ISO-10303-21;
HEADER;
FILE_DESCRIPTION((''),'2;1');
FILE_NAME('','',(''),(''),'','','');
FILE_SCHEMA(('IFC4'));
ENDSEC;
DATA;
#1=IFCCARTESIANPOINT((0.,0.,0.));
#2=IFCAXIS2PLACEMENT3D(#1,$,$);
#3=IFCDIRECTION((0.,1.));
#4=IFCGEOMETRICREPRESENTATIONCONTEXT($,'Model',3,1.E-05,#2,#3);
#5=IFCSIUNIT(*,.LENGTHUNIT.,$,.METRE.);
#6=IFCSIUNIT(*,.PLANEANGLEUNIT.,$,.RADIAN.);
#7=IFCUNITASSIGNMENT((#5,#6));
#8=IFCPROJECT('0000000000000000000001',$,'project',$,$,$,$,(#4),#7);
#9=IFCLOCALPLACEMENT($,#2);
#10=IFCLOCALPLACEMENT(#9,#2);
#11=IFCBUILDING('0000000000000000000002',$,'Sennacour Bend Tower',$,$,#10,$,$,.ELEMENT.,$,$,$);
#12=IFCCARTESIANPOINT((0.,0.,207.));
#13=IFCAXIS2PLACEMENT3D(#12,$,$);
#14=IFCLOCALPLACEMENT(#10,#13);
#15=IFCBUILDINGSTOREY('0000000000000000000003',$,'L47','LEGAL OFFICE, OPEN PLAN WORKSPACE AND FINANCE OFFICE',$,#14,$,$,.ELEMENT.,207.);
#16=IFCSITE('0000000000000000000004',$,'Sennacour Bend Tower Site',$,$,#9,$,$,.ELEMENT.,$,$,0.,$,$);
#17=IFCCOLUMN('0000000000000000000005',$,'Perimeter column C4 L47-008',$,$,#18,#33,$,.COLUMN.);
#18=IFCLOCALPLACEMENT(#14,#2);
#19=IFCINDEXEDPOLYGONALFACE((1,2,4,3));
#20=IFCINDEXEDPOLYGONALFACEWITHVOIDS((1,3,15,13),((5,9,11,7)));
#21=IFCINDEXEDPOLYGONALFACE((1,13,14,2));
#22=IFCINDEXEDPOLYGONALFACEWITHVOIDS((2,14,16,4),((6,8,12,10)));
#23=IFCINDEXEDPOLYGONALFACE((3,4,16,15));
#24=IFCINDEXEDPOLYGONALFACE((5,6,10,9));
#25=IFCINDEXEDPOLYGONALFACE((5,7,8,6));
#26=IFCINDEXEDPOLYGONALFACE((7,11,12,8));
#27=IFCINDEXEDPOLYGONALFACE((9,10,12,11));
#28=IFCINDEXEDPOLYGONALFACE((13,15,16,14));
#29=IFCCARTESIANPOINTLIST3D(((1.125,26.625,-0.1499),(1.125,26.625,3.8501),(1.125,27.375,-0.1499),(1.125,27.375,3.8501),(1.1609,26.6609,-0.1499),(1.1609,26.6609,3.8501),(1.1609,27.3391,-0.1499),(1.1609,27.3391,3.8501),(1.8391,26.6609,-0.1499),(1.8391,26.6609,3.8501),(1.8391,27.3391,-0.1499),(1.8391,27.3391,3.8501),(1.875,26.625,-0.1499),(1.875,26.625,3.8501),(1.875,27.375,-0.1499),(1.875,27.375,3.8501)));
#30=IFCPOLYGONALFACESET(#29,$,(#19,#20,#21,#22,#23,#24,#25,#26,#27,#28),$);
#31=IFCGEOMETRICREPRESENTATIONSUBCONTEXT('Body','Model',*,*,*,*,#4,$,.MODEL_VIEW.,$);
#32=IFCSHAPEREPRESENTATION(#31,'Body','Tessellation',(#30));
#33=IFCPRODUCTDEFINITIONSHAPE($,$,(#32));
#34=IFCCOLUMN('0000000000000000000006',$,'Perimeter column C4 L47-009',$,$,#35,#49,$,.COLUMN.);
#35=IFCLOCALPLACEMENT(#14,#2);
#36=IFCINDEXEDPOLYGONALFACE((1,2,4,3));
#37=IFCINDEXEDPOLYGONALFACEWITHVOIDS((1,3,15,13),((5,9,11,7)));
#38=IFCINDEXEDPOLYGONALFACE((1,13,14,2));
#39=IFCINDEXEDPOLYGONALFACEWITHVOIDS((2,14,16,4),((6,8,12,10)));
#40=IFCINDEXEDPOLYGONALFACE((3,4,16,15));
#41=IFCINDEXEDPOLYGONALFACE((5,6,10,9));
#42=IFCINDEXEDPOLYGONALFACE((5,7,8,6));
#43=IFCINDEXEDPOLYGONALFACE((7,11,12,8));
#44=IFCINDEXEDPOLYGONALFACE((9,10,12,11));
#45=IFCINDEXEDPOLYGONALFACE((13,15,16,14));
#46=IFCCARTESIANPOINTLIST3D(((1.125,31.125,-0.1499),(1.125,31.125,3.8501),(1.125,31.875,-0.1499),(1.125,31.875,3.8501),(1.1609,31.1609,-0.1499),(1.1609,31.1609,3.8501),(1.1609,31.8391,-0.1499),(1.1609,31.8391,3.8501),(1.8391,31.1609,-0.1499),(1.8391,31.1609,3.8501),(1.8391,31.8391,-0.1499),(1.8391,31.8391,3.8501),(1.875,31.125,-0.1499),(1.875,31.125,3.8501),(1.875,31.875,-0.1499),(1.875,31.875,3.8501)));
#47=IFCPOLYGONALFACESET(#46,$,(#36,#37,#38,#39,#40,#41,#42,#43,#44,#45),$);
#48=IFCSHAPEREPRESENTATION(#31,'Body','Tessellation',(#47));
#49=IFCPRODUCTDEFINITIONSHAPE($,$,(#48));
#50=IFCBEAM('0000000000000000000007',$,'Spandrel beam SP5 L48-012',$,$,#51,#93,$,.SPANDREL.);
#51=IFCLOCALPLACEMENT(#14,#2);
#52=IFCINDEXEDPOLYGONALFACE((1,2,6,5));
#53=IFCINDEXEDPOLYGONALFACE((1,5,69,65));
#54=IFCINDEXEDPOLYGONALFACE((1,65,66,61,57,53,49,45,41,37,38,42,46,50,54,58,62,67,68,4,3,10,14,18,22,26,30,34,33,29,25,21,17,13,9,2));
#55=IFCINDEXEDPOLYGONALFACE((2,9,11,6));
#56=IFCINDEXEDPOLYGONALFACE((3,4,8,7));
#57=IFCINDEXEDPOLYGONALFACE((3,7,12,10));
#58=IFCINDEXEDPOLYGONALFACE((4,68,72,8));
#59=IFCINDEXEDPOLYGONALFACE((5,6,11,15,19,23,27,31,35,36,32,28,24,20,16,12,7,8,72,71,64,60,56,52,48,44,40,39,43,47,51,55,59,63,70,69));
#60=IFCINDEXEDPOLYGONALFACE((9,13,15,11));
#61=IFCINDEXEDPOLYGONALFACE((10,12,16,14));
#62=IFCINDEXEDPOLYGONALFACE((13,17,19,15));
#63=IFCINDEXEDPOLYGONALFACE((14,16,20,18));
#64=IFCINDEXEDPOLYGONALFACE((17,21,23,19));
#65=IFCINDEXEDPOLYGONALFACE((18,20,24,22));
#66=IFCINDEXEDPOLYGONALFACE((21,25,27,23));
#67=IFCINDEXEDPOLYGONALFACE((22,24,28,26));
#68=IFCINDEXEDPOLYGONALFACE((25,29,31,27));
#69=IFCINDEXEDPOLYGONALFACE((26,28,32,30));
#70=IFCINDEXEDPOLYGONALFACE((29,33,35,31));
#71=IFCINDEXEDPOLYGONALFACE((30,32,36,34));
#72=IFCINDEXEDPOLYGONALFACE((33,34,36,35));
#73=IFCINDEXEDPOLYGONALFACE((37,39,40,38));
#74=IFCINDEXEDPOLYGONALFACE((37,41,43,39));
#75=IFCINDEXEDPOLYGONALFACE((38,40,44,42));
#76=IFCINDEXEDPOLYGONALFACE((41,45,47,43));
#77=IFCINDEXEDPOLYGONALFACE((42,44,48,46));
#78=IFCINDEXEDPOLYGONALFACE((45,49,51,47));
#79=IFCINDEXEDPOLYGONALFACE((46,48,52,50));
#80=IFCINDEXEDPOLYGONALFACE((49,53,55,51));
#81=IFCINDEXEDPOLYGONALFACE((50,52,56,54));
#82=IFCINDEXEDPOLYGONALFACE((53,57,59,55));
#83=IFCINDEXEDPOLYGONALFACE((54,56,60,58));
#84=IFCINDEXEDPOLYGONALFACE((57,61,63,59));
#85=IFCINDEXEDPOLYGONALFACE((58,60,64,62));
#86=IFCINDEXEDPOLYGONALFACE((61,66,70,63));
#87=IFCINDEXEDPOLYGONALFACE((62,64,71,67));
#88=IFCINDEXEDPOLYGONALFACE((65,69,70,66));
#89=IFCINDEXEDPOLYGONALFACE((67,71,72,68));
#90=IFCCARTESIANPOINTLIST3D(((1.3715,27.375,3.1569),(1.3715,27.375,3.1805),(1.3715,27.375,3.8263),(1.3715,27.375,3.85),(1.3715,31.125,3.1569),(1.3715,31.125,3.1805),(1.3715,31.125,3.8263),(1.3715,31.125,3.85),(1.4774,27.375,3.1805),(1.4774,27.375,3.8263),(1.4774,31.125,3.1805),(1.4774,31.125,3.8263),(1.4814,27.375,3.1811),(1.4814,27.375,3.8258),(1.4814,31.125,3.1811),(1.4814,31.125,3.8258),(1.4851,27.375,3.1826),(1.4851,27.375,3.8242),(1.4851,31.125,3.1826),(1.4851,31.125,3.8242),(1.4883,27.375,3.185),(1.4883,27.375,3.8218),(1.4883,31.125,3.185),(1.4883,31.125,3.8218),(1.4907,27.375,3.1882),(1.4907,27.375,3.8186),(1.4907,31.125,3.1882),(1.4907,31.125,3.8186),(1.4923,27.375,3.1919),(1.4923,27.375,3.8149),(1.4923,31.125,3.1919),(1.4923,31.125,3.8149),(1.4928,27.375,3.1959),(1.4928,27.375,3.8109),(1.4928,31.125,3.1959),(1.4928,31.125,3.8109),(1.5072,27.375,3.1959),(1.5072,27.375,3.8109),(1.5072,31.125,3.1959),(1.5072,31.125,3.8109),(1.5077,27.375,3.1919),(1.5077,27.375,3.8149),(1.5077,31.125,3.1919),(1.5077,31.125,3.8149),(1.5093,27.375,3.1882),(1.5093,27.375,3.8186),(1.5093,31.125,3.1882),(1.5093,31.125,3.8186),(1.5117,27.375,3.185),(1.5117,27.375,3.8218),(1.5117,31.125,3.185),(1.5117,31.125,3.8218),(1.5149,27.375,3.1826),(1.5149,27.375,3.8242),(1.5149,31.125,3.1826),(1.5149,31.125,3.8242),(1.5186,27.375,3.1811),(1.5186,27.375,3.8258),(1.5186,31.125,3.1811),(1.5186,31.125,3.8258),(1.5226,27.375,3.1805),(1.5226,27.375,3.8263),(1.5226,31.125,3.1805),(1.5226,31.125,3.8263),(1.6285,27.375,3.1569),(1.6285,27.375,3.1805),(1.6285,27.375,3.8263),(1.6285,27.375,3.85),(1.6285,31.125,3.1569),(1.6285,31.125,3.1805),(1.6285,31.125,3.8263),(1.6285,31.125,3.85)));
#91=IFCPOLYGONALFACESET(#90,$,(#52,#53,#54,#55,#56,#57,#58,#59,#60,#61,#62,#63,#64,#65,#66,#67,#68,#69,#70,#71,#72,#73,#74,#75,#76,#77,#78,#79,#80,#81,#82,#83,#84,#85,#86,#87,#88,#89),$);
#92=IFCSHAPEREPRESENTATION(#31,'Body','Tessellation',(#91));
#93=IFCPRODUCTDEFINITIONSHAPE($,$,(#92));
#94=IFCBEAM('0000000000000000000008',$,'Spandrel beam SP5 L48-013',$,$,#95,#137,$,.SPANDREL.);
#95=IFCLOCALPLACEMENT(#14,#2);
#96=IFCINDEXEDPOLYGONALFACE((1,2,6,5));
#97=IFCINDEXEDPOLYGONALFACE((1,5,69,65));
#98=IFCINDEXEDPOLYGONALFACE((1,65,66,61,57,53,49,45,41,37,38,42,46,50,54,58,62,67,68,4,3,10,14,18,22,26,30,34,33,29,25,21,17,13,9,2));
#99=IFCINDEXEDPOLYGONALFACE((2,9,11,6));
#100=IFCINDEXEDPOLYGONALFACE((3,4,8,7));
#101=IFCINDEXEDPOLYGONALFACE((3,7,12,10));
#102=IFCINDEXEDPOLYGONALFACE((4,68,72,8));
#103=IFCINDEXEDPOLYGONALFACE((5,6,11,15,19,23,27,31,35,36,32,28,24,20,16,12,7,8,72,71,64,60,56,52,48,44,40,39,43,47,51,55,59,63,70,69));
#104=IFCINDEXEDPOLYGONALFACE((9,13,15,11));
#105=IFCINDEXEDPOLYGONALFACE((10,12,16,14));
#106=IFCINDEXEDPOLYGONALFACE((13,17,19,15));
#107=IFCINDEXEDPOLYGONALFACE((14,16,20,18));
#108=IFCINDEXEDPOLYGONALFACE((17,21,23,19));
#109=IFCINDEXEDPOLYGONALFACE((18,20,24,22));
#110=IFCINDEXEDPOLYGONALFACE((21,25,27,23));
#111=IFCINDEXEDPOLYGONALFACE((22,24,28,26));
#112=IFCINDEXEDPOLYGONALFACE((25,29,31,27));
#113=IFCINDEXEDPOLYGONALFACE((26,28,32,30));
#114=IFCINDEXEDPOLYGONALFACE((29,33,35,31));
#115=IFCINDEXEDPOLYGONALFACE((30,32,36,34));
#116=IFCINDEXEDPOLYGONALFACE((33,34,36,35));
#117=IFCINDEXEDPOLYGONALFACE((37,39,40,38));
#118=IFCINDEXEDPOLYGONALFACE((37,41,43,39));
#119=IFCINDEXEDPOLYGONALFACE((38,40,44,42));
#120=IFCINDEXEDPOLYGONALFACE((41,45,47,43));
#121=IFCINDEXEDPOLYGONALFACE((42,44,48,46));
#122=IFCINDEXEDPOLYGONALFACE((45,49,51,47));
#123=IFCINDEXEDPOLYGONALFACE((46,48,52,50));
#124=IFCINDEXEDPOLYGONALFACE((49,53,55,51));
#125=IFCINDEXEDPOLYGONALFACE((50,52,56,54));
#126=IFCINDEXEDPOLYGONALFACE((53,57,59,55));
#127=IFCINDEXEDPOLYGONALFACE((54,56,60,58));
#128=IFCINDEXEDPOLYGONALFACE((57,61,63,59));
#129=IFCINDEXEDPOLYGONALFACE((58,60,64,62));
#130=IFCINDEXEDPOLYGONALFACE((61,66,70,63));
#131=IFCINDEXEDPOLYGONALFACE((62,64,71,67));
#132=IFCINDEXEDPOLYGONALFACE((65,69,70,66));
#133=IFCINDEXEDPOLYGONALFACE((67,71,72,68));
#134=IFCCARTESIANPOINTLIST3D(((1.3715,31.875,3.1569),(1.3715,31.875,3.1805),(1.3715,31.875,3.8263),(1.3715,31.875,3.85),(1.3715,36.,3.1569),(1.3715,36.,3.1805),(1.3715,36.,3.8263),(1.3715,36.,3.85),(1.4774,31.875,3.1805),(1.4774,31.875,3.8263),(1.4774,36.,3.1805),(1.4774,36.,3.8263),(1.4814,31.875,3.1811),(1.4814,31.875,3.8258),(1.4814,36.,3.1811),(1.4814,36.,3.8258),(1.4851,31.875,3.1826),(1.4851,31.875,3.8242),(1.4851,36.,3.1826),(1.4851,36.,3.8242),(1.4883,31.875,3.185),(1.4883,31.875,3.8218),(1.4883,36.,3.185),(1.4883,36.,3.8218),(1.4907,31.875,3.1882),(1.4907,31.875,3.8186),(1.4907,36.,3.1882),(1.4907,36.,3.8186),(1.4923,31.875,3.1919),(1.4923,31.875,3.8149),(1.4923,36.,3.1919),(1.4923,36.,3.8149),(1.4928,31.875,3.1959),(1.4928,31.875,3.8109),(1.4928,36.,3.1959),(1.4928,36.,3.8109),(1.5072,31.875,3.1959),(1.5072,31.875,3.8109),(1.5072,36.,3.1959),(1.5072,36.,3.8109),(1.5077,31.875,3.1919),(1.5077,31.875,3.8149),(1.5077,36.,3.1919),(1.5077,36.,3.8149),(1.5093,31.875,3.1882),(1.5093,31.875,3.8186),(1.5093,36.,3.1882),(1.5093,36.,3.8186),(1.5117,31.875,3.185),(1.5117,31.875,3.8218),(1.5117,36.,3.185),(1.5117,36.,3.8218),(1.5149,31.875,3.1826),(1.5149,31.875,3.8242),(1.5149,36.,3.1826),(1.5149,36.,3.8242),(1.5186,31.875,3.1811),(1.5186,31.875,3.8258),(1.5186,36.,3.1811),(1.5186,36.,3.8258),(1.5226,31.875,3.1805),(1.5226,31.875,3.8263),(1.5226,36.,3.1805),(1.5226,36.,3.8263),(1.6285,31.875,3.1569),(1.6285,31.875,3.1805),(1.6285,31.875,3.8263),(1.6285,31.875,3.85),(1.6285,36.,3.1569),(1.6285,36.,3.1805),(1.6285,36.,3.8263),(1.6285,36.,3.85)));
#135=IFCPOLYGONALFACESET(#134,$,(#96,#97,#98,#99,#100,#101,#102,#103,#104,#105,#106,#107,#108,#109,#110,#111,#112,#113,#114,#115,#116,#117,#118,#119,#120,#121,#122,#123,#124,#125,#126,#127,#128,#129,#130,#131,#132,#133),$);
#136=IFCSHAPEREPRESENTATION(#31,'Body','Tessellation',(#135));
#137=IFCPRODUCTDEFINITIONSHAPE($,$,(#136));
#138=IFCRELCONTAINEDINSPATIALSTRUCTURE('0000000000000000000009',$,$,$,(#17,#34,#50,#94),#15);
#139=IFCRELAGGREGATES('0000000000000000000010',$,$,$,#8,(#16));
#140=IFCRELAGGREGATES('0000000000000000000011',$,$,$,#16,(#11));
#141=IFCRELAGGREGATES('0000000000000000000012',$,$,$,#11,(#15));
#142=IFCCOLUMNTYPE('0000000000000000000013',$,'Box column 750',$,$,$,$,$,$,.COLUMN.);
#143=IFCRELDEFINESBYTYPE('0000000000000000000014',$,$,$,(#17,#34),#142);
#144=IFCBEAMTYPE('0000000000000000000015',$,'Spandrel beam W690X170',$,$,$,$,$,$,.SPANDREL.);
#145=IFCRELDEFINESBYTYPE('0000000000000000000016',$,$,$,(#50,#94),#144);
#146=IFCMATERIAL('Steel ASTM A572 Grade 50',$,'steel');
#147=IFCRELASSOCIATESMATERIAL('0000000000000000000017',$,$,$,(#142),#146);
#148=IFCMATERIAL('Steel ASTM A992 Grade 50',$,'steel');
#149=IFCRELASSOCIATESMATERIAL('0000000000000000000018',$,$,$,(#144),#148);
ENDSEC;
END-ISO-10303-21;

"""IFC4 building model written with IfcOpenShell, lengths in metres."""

from ifc_helpers import new_model, si_unit, direction, frame, origin, origin_2d, place, context, subcontext, project, spatial, hollow_rectangle, i_section, extrude, material, material_profile, profile_set, type_object, element, save


model = new_model("IFC4")

# Units and contexts
model_context = context("Model", 3, precision=1e-05, world=origin(), true_north=direction((0.0, 1.0)))
body_context = subcontext(model_context, "Body", "Model", "MODEL_VIEW")
ifc_project = project(units=[si_unit("LENGTHUNIT", "METRE"), si_unit("PLANEANGLEUNIT", "RADIAN")], contexts=[model_context])

# Site, building, storey
site_placement = place(None, origin())
site = spatial("IfcSite", under=ifc_project, at=site_placement, Name="Sennacour Bend Tower Site", CompositionType="ELEMENT", RefElevation=0.0)
building_placement = place(site_placement, origin())
building = spatial("IfcBuilding", under=site, at=building_placement, Name="Sennacour Bend Tower", CompositionType="ELEMENT")
storey_placement = place(building_placement, frame((0.0, 0.0, 207.0)))
storey = spatial("IfcBuildingStorey", under=building, at=storey_placement, Name="L47", Description="LEGAL OFFICE, OPEN PLAN WORKSPACE AND FINANCE OFFICE", CompositionType="ELEMENT", Elevation=207.0)

# Columns
ifc_material_1 = material(Name="Steel ASTM A572 Grade 50", Category="steel")
ifc_material_profile_1 = material_profile(ifc_material_1, hollow_rectangle(XDim=0.75, YDim=0.75, WallThickness=0.0359, at=origin_2d()), Name="Steel ASTM A572 Grade 50", Category="steel")
ifc_profile_set_1 = profile_set([ifc_material_profile_1], Name="Steel ASTM A572 Grade 50")
column_type = type_object("IfcColumnType", Name="Box column 750", PredefinedType="COLUMN", material=ifc_profile_set_1)
for number, where, z_axis, x_axis, name in (
    (1, (1.5, 27.0, -0.1499), (0.0, 0.0, 1.0), (1.0, 0.0, 0.0), "Perimeter column C4 L47-008"),
    (2, (1.5, 31.5, -0.1499), (0.0, 0.0, 1.0), (1.0, 0.0, 0.0), "Perimeter column C4 L47-009"),
):
    element("IfcColumn", number, at=place(storey_placement, frame(where, z_axis=z_axis, x_axis=x_axis)), inside=storey, type_object=column_type, Name=name, PredefinedType="COLUMN", context=body_context, shape_type="SweptSolid", body=[
        extrude(hollow_rectangle(XDim=0.75, YDim=0.75, WallThickness=0.0359, at=origin_2d()), origin(), (0.0, 0.0, 1.0), 4.0),
    ])

# Beams
ifc_material_2 = material(Name="Steel ASTM A992 Grade 50", Category="steel")
ifc_material_profile_2 = material_profile(ifc_material_2, i_section(OverallWidth=0.2571, OverallDepth=0.6931, WebThickness=0.0144, FlangeThickness=0.0237, FilletRadius=0.0154, at=origin_2d()), Name="Steel ASTM A992 Grade 50", Category="steel")
ifc_profile_set_2 = profile_set([ifc_material_profile_2], Name="Steel ASTM A992 Grade 50")
beam_type = type_object("IfcBeamType", Name="Spandrel beam W690X170", PredefinedType="SPANDREL", material=ifc_profile_set_2)
beam_1_placement = place(storey_placement, frame((1.5, 27.375, 3.5034), z_axis=(0.0, 1.0, 0.0), x_axis=(-1.0, 0.0, 0.0)))
element("IfcBeam", 3, at=beam_1_placement, inside=storey, type_object=beam_type, Name="Spandrel beam SP5 L48-012", PredefinedType="SPANDREL", context=body_context, shape_type="SweptSolid", body=[
    extrude(i_section(OverallWidth=0.2571, OverallDepth=0.6931, WebThickness=0.0144, FlangeThickness=0.0237, FilletRadius=0.0154, at=origin_2d()), origin(), (0.0, 0.0, 1.0), 3.75),
])
beam_2_placement = place(storey_placement, frame((1.5, 31.875, 3.5034), z_axis=(0.0, 1.0, 0.0), x_axis=(-1.0, 0.0, 0.0)))
element("IfcBeam", 4, at=beam_2_placement, inside=storey, type_object=beam_type, Name="Spandrel beam SP5 L48-013", PredefinedType="SPANDREL", context=body_context, shape_type="SweptSolid", body=[
    extrude(i_section(OverallWidth=0.2571, OverallDepth=0.6931, WebThickness=0.0144, FlangeThickness=0.0237, FilletRadius=0.0154, at=origin_2d()), origin(), (0.0, 0.0, 1.0), 4.125),
])

save(model, "model.ifc")
